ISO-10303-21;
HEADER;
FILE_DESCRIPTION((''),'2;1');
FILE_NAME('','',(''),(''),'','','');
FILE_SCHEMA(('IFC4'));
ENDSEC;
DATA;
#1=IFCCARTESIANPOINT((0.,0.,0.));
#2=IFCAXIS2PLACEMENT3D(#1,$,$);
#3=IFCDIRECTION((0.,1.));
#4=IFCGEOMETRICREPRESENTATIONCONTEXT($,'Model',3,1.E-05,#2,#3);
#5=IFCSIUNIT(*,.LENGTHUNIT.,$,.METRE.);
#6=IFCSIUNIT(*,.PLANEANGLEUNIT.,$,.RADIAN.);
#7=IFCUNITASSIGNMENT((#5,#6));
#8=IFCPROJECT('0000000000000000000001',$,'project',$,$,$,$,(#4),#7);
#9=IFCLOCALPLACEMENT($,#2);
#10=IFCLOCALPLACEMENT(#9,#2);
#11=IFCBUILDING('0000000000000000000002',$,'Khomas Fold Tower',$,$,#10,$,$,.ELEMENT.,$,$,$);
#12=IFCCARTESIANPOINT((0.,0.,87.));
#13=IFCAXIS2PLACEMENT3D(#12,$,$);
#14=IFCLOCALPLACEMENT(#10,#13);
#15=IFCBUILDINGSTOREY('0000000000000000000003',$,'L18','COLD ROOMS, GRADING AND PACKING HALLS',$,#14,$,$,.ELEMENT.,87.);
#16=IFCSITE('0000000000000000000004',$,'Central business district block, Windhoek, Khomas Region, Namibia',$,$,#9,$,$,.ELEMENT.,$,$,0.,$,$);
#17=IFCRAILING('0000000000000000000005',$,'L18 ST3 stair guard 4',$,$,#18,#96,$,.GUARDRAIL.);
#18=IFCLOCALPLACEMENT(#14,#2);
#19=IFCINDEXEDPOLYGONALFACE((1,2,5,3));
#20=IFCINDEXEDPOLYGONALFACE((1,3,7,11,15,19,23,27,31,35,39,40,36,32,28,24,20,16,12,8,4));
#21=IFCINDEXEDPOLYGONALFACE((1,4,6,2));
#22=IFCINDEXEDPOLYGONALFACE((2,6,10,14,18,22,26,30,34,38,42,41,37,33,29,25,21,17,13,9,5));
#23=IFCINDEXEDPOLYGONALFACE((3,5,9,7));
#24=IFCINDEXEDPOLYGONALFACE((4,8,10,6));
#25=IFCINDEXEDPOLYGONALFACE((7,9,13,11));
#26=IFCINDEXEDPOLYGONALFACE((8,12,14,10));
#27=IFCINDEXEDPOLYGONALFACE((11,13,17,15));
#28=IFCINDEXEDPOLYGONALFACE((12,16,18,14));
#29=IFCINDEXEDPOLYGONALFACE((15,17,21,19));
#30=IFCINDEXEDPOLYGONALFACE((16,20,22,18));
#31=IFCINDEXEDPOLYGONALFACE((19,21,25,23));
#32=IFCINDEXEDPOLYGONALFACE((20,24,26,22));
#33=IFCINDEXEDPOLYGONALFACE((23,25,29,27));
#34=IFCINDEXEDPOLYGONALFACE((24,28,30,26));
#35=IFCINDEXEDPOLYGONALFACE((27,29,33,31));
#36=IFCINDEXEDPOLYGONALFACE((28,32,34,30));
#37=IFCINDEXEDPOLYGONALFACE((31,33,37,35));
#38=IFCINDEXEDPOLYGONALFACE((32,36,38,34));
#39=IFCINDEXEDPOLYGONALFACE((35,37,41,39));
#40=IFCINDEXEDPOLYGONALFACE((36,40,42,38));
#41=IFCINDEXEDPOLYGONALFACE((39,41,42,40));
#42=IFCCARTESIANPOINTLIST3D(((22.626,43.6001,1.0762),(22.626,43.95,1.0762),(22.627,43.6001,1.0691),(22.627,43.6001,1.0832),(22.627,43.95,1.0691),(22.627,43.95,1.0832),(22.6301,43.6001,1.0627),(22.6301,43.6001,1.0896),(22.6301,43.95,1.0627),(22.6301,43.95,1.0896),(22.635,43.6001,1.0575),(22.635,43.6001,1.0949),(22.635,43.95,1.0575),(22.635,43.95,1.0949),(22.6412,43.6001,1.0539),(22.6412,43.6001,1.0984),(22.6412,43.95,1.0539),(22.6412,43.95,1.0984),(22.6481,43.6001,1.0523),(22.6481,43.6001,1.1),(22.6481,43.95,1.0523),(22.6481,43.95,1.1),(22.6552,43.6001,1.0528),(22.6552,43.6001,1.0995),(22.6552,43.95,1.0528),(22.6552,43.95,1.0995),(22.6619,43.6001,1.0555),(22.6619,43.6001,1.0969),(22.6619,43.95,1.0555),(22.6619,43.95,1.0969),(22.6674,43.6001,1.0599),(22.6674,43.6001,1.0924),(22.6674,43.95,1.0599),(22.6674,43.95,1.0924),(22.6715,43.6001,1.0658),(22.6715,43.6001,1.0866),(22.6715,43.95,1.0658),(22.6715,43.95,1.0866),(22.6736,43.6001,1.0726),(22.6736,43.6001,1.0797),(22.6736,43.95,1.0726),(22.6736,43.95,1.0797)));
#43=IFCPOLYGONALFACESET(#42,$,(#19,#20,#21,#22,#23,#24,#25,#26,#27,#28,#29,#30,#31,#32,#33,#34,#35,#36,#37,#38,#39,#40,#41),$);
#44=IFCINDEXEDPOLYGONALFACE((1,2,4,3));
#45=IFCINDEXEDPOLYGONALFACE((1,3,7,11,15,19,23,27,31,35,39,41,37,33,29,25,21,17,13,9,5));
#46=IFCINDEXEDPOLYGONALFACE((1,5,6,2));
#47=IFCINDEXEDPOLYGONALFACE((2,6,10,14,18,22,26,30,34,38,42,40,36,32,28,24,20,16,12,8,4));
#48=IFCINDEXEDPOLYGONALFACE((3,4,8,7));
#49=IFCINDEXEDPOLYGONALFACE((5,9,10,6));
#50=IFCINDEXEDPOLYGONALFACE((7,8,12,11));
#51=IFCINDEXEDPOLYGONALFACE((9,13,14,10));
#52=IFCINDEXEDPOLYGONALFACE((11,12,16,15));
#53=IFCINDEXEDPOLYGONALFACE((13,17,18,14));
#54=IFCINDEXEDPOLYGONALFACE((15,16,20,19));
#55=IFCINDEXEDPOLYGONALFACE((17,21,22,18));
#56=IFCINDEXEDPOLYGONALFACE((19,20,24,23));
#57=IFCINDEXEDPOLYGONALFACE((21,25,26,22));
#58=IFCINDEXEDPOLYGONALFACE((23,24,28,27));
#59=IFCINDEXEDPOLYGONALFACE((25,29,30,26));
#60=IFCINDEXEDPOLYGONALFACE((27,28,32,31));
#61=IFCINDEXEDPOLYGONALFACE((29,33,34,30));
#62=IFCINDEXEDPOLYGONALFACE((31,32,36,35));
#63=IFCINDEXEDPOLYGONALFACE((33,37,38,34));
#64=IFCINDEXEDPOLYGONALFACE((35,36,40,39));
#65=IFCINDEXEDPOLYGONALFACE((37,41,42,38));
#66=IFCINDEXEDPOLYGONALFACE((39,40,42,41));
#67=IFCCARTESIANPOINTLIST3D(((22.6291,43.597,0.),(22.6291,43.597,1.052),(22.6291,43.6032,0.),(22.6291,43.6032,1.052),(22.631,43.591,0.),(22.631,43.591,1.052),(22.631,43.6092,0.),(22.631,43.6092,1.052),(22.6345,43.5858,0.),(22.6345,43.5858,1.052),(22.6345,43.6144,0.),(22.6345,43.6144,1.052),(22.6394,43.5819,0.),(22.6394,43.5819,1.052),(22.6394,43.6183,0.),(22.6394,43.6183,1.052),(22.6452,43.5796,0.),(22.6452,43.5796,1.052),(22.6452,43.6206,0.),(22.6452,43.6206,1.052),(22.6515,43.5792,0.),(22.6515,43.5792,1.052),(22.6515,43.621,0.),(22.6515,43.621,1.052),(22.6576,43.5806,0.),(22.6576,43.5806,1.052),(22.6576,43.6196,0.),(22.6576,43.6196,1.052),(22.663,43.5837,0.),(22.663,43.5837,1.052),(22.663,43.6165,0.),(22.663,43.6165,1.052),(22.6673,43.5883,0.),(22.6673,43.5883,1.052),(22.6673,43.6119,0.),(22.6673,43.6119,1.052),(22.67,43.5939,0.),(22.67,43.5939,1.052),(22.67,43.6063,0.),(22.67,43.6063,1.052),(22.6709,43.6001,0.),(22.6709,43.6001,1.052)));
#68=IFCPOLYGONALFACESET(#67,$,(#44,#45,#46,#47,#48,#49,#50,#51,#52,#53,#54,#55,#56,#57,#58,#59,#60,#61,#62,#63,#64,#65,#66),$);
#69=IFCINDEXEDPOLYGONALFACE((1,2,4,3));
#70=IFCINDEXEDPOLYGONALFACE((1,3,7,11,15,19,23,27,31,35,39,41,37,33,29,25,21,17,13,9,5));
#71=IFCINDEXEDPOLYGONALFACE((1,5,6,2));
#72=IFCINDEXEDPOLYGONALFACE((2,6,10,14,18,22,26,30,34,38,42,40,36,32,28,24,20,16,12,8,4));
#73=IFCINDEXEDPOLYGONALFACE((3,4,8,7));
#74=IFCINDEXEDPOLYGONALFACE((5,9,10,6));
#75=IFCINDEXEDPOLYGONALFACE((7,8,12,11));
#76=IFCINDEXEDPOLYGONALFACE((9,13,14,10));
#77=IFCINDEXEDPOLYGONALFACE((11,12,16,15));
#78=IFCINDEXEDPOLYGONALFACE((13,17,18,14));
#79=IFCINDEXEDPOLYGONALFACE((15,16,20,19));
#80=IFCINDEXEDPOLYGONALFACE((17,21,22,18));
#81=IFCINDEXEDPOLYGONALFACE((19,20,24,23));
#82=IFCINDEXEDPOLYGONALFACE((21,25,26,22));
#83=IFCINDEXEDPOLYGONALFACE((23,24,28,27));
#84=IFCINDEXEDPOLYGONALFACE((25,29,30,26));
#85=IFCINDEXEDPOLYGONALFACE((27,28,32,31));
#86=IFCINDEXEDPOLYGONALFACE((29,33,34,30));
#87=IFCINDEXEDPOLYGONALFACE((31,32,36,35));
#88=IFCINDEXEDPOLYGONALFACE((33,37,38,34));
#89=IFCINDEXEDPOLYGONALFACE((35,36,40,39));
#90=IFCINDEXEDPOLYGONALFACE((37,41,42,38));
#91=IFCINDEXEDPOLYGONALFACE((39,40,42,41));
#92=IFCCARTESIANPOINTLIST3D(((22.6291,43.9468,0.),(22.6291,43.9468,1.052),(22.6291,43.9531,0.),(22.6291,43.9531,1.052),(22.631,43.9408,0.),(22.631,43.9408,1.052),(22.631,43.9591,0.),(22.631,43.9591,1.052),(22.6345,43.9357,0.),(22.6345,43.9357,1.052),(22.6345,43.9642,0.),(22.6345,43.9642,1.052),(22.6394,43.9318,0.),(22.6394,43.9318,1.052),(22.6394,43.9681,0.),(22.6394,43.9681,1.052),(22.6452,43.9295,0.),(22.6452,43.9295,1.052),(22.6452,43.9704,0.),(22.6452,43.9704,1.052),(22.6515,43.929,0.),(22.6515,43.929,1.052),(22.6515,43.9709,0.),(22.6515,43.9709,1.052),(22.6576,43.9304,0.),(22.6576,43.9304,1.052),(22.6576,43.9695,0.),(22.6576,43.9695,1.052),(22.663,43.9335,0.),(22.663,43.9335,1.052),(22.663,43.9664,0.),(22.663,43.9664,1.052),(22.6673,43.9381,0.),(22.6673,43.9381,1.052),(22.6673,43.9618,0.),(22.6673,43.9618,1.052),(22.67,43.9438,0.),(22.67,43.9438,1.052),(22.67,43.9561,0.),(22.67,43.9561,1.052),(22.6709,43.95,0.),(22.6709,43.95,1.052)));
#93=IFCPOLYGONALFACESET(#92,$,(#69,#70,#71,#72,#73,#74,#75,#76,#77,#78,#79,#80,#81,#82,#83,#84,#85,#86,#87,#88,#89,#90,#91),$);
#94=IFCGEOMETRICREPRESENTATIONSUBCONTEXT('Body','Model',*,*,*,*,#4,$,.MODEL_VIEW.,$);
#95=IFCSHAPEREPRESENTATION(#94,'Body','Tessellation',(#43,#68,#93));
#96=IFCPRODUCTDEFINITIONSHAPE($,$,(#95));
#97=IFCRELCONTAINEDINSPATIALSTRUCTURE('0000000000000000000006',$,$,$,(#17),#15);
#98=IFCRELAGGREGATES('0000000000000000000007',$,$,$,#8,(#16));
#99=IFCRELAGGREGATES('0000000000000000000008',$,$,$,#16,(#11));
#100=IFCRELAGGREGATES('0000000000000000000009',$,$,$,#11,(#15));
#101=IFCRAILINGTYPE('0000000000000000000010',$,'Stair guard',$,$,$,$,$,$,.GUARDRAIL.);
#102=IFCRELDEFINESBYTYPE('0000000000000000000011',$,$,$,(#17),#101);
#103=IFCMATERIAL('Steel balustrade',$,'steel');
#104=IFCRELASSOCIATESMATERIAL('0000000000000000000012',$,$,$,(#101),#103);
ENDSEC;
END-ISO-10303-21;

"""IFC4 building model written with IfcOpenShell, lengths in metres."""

from ifc_helpers import new_model, si_unit, direction, frame, origin, origin_2d, place, context, subcontext, project, spatial, circle, extrude, source, transform, mapped, material, type_object, element, save


model = new_model("IFC4")

# Units and contexts
model_context = context("Model", 3, precision=1e-05, world=origin(), true_north=direction((0.0, 1.0)))
body_context = subcontext(model_context, "Body", "Model", "MODEL_VIEW")
ifc_project = project(units=[si_unit("LENGTHUNIT", "METRE"), si_unit("PLANEANGLEUNIT", "RADIAN")], contexts=[model_context])

# Site, building, storey
site_placement = place(None, origin())
site = spatial("IfcSite", under=ifc_project, at=site_placement, Name="Central business district block, Windhoek, Khomas Region, Namibia", CompositionType="ELEMENT", RefElevation=0.0)
building_placement = place(site_placement, origin())
building = spatial("IfcBuilding", under=site, at=building_placement, Name="Khomas Fold Tower", CompositionType="ELEMENT")
storey_placement = place(building_placement, frame((0.0, 0.0, 87.0)))
storey = spatial("IfcBuildingStorey", under=building, at=storey_placement, Name="L18", Description="COLD ROOMS, GRADING AND PACKING HALLS", CompositionType="ELEMENT", Elevation=87.0)

# Railing
ifc_material_1 = material(Name="Steel balustrade", Category="steel")
railing_type_1 = type_object("IfcRailingType", Name="Stair guard", PredefinedType="GUARDRAIL", material=ifc_material_1)
shared_shape_1 = source(origin(), body_context, "Body", "SweptSolid", [
    extrude(circle(Radius=0.0239, at=origin_2d()), frame((0.0, 0.0, 1.0762), z_axis=(0.0, 1.0, 0.0), x_axis=(-1.0, 0.0, 0.0)), (0.0, 0.0, 1.0), 0.3499),
    extrude(circle(Radius=0.021, at=origin_2d()), origin(), (0.0, 0.0, 1.0), 1.052),
    extrude(circle(Radius=0.021, at=origin_2d()), frame((0.0, 0.3499, 0.0)), (0.0, 0.0, 1.0), 1.052),
])
for number, where, name in (
    (1, (22.6499, 43.6001, 0.0), "L18 ST3 stair guard 4"),
):
    element("IfcRailing", number, at=place(storey_placement, frame(where)), inside=storey, type_object=railing_type_1, Name=name, PredefinedType="GUARDRAIL", context=body_context, shape_type="MappedRepresentation", body=[
        mapped(shared_shape_1, transform((0.0, 0.0, 0.0))),
    ])

save(model, "model.ifc")
